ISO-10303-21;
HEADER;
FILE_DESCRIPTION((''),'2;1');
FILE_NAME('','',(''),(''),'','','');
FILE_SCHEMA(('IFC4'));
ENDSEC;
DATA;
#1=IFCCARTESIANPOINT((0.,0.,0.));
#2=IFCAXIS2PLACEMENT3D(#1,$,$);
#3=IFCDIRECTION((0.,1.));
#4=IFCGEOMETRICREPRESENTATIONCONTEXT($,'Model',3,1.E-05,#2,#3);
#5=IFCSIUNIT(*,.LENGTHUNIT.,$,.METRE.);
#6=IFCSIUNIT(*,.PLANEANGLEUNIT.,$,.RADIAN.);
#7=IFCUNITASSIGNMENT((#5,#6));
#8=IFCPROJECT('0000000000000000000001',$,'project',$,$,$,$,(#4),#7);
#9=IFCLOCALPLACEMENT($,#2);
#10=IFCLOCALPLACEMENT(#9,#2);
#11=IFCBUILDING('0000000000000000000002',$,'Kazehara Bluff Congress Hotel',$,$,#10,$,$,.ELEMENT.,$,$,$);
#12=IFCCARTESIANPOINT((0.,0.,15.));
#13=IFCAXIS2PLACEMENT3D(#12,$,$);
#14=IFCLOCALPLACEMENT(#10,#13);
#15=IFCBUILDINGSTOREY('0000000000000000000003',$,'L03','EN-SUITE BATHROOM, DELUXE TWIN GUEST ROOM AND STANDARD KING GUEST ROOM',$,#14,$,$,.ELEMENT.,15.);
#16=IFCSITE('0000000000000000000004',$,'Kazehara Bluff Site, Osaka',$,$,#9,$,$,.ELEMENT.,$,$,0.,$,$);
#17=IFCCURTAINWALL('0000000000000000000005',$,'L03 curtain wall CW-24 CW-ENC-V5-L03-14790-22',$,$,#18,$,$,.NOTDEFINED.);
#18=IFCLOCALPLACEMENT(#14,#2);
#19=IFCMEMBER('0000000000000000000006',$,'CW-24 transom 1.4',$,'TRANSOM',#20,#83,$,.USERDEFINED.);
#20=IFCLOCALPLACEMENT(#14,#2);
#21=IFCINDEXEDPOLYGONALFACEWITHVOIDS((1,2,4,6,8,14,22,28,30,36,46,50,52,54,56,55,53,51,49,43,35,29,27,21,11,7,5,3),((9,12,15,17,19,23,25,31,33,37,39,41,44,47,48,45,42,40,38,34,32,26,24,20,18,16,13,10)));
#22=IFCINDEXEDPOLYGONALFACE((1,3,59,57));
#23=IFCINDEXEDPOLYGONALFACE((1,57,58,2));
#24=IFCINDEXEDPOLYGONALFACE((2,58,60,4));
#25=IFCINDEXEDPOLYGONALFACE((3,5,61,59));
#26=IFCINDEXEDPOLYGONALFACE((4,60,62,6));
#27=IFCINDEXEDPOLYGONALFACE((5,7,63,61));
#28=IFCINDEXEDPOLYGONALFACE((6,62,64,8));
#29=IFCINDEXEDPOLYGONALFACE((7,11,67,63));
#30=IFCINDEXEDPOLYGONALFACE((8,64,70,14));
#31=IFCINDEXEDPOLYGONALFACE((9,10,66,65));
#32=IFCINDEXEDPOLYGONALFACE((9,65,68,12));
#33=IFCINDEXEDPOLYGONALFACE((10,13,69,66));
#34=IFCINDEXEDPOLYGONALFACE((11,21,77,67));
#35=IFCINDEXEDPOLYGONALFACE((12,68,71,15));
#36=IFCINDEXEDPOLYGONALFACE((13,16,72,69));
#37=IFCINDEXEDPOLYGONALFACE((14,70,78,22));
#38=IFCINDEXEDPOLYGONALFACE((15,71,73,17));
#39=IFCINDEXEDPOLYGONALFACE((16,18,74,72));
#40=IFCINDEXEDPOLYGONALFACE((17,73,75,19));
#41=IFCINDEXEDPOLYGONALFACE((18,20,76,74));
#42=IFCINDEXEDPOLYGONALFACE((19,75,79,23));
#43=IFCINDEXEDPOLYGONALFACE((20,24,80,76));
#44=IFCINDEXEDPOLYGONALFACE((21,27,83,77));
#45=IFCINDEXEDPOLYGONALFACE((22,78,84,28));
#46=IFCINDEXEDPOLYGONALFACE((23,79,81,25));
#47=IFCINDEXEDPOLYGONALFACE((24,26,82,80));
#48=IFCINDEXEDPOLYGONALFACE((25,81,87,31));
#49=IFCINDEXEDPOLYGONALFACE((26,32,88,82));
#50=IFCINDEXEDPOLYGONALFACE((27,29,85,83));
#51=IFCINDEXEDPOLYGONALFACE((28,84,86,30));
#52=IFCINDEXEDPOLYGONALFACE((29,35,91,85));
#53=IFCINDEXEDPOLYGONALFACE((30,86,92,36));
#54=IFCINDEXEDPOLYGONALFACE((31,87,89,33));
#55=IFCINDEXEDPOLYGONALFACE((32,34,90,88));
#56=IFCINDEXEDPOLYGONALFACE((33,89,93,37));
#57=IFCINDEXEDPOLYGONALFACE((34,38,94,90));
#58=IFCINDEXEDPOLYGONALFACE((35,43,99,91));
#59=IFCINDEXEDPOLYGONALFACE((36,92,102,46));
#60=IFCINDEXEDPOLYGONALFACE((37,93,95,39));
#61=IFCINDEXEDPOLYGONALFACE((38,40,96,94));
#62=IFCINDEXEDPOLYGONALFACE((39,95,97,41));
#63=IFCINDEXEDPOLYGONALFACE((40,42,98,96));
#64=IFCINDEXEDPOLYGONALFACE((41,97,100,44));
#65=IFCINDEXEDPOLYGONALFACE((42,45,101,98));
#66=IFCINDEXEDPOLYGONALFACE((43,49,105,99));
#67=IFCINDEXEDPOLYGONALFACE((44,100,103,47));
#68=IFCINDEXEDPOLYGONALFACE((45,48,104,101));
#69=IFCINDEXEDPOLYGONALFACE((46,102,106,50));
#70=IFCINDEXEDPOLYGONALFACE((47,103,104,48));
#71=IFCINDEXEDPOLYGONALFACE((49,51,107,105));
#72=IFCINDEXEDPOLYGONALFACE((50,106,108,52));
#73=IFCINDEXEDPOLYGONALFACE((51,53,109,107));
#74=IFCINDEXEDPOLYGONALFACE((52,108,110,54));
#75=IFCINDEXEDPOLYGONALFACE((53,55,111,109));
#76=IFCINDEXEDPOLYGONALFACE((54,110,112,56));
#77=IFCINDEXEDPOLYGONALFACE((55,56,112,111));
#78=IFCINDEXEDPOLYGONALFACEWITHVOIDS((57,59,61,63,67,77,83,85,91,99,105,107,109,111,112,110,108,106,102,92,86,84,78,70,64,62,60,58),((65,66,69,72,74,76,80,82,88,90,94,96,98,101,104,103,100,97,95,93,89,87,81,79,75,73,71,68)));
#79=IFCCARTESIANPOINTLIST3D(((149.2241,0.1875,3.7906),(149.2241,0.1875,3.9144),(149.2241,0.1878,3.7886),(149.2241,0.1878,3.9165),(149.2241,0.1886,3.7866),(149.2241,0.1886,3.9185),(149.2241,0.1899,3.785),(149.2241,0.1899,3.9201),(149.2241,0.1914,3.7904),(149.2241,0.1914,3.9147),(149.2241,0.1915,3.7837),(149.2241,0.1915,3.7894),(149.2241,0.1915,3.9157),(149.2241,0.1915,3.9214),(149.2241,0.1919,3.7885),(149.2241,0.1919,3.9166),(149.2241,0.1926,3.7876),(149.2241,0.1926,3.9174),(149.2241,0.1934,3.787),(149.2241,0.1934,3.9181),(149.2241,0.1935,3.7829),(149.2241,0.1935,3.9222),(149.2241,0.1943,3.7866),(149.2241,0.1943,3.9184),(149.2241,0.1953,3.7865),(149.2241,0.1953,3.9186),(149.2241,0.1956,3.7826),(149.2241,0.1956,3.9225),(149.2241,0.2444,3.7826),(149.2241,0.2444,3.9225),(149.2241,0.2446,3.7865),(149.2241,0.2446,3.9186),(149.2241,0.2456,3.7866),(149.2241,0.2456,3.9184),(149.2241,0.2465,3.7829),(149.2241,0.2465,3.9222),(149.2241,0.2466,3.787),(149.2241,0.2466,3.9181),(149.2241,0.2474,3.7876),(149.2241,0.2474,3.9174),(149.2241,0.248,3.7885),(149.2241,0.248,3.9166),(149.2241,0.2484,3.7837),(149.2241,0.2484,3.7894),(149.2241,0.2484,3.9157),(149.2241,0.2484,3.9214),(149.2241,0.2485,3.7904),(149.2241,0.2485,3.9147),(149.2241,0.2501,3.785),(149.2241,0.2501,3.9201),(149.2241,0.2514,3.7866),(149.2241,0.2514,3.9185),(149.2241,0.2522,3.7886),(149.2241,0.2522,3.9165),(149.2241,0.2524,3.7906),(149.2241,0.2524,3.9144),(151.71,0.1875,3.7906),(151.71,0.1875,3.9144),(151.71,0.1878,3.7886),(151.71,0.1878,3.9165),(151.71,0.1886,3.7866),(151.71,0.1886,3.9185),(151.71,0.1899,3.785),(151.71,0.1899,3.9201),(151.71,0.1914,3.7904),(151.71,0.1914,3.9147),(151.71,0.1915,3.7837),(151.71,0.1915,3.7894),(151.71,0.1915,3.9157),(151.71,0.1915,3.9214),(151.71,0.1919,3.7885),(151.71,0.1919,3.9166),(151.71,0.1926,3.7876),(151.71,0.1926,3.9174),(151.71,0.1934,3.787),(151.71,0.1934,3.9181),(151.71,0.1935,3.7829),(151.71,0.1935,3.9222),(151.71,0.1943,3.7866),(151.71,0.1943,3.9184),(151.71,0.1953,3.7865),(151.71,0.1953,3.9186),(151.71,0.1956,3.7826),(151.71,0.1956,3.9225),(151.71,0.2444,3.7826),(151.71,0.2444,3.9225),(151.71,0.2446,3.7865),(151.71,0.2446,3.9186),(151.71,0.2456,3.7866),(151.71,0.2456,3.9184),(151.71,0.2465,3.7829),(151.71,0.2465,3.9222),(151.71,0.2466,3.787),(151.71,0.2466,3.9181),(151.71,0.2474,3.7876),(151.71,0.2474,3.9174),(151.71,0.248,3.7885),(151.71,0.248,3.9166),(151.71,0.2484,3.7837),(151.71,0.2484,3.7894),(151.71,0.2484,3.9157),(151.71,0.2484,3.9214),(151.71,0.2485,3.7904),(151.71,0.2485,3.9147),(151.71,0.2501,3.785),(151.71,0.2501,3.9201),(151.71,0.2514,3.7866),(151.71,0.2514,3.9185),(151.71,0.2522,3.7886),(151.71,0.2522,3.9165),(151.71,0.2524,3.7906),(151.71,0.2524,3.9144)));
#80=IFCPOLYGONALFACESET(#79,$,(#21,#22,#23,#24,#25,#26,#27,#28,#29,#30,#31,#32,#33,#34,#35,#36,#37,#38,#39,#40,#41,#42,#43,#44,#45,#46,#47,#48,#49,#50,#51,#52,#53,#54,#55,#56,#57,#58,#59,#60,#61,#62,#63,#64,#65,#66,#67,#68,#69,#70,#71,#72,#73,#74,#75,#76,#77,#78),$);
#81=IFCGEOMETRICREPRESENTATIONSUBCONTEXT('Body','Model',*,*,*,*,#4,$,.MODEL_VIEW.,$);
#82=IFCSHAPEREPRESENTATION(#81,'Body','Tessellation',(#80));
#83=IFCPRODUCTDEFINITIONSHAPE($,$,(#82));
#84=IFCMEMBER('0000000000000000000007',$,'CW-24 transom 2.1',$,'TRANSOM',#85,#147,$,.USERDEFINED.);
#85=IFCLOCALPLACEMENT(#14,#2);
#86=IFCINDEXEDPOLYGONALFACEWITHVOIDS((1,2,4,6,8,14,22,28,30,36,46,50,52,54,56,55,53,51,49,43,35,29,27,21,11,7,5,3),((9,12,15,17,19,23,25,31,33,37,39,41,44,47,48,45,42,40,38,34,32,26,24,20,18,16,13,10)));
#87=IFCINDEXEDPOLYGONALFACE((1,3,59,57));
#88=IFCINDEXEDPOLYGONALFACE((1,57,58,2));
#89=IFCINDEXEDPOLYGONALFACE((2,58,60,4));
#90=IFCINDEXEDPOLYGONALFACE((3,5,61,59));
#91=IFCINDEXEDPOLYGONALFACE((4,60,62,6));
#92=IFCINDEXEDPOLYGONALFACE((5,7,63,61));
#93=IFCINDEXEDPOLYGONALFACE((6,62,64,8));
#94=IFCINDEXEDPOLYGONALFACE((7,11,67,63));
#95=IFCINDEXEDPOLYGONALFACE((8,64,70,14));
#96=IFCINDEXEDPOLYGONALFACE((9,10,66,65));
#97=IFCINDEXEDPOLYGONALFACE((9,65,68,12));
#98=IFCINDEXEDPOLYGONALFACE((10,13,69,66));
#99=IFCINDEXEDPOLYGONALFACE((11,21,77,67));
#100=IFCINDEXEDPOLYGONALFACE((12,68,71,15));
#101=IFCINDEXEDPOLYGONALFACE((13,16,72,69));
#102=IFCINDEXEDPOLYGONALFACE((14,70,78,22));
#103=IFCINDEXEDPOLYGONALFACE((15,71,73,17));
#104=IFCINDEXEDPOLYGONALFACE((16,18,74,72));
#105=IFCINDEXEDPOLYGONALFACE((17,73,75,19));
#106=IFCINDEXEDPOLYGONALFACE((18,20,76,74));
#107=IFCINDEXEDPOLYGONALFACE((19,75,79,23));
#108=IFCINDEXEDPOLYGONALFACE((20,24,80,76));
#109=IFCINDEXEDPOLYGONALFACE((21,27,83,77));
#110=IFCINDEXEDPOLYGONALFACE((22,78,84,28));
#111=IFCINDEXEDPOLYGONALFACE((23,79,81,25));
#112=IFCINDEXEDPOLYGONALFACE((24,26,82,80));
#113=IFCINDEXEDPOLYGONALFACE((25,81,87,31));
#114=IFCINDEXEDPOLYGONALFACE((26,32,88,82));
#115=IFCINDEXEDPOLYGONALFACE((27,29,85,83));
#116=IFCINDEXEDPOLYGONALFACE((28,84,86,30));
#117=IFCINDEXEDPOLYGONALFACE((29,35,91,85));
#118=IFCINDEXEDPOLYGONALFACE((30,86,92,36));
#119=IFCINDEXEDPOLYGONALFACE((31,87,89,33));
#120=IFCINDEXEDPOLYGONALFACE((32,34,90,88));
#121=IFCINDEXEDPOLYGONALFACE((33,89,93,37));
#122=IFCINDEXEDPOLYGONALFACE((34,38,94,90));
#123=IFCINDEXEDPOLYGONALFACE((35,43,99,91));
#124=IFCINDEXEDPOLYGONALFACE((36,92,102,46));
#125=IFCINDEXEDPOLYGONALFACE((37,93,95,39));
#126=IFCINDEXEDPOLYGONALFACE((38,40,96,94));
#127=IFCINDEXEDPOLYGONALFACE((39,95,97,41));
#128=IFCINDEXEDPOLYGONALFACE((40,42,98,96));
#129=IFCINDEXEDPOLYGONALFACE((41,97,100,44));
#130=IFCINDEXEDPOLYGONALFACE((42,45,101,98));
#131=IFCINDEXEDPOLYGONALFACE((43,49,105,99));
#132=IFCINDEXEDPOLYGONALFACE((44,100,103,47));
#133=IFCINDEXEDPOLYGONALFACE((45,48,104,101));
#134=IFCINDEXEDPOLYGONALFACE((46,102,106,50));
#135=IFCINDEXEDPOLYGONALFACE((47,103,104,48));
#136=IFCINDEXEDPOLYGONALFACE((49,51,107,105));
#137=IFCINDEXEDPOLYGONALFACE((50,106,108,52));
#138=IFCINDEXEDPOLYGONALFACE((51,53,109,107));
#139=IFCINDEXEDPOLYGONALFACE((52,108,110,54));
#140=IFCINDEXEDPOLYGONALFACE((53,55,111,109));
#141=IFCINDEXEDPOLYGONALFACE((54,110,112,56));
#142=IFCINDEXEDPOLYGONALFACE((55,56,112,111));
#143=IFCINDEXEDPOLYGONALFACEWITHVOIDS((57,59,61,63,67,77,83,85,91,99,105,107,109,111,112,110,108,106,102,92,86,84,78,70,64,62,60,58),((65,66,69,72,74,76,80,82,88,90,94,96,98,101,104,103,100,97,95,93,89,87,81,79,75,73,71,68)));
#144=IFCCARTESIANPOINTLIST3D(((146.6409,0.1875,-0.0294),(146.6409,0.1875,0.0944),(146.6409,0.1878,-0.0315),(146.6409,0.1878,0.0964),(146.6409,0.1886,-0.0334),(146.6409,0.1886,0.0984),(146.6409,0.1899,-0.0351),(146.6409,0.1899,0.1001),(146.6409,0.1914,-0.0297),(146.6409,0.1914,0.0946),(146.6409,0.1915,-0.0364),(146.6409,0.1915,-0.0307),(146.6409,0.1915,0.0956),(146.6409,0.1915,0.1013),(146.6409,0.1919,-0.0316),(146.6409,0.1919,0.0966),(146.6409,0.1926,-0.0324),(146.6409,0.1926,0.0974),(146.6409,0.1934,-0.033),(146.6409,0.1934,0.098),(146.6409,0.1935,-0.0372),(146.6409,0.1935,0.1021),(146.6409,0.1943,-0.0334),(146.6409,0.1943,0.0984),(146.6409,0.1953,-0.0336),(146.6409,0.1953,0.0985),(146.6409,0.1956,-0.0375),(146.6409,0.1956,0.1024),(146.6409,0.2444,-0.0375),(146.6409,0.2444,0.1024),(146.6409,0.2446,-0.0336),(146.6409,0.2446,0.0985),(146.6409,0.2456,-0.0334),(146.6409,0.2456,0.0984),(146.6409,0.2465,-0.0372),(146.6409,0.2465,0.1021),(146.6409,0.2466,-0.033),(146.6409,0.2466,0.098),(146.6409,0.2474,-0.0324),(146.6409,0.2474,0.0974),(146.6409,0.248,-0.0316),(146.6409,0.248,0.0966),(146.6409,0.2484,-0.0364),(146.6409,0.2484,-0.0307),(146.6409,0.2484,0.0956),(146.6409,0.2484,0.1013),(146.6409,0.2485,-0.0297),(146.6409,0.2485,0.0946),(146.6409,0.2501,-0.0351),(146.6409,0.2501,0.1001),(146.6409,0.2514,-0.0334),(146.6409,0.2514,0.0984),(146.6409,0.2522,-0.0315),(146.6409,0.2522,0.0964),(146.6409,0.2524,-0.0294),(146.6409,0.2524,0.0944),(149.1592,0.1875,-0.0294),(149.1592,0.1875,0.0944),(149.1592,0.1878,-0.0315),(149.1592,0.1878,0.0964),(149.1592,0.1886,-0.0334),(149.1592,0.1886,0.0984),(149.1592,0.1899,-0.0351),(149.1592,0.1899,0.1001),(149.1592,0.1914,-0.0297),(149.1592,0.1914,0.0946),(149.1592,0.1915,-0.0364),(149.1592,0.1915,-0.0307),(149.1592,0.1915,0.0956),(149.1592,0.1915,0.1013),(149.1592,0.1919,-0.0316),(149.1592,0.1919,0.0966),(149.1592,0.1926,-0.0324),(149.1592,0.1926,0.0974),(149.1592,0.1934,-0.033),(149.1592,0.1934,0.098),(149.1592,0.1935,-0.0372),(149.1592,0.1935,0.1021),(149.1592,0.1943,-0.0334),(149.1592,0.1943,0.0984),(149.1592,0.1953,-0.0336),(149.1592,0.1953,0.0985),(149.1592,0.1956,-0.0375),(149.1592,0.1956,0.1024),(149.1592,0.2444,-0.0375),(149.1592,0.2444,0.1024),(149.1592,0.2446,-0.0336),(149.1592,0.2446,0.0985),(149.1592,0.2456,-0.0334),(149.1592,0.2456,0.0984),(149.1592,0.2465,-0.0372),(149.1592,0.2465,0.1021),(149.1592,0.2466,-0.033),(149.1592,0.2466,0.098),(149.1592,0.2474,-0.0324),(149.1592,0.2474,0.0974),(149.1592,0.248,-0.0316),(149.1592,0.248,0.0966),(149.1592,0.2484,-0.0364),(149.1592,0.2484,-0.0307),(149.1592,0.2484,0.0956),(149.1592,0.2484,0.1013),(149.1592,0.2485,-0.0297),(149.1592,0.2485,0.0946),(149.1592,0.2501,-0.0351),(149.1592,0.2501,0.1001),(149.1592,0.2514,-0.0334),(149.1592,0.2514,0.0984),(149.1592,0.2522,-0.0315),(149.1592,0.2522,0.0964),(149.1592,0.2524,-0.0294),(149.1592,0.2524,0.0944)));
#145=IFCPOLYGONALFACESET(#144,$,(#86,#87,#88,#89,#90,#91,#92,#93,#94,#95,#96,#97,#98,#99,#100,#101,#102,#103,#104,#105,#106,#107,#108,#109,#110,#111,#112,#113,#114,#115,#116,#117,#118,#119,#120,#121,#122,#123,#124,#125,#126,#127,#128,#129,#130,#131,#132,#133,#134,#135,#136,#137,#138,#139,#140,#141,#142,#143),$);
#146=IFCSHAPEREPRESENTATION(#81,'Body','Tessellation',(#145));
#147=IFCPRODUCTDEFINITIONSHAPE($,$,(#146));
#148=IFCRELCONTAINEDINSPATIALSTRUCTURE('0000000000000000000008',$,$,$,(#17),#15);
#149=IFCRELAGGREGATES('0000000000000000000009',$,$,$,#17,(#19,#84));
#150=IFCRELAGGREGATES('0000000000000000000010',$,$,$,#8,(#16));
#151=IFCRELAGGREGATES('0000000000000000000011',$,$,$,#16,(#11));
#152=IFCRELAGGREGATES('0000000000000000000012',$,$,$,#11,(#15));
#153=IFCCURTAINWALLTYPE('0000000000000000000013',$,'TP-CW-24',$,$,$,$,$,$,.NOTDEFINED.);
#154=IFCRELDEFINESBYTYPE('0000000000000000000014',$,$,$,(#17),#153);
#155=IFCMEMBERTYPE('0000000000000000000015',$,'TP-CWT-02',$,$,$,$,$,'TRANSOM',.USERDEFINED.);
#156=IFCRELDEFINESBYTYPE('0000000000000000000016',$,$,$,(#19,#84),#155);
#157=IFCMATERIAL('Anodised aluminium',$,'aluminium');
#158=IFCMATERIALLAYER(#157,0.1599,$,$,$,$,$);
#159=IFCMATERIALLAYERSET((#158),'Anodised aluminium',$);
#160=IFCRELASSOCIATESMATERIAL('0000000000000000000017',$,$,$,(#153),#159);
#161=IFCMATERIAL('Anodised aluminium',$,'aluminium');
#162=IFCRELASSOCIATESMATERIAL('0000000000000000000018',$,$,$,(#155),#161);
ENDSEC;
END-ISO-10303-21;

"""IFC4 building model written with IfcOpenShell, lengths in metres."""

from ifc_helpers import new_model, si_unit, direction, frame, origin, origin_2d, place, context, subcontext, project, spatial, hollow_rectangle, extrude, material, layer, layer_set, material_profile, profile_set, type_object, element, aggregate, save


model = new_model("IFC4")

# Units and contexts
model_context = context("Model", 3, precision=1e-05, world=origin(), true_north=direction((0.0, 1.0)))
body_context = subcontext(model_context, "Body", "Model", "MODEL_VIEW")
ifc_project = project(units=[si_unit("LENGTHUNIT", "METRE"), si_unit("PLANEANGLEUNIT", "RADIAN")], contexts=[model_context])

# Site, building, storey
site_placement = place(None, origin())
site = spatial("IfcSite", under=ifc_project, at=site_placement, Name="Kazehara Bluff Site, Osaka", CompositionType="ELEMENT", RefElevation=0.0)
building_placement = place(site_placement, origin())
building = spatial("IfcBuilding", under=site, at=building_placement, Name="Kazehara Bluff Congress Hotel", CompositionType="ELEMENT")
storey_placement = place(building_placement, frame((0.0, 0.0, 15.0)))
storey = spatial("IfcBuildingStorey", under=building, at=storey_placement, Name="L03", Description="EN-SUITE BATHROOM, DELUXE TWIN GUEST ROOM AND STANDARD KING GUEST ROOM", CompositionType="ELEMENT", Elevation=15.0)

# Curtain wall
ifc_material_1 = material(Name="Anodised aluminium", Category="aluminium")
ifc_layer_1 = layer(ifc_material_1, 0.1599)
ifc_layer_set_1 = layer_set([ifc_layer_1], Name="Anodised aluminium")
curtain_wall_type = type_object("IfcCurtainWallType", Name="TP-CW-24", PredefinedType="NOTDEFINED", material=ifc_layer_set_1)
curtain_wall_1_placement = place(storey_placement, origin())
curtain_wall_1 = element("IfcCurtainWall", 1, at=curtain_wall_1_placement, inside=storey, type_object=curtain_wall_type, Name="L03 curtain wall CW-24 CW-ENC-V5-L03-14790-22", PredefinedType="NOTDEFINED")

# Members
ifc_material_2 = material(Name="Anodised aluminium", Category="aluminium")
ifc_material_profile_1 = material_profile(ifc_material_2, hollow_rectangle(XDim=0.0649, YDim=0.1399, WallThickness=0.0039, InnerFilletRadius=0.0039, OuterFilletRadius=0.0081, at=origin_2d()))
ifc_profile_set_1 = profile_set([ifc_material_profile_1], Name="Anodised aluminium")
member_type_1 = type_object("IfcMemberType", Name="TP-CWT-02", ElementType="TRANSOM", PredefinedType="USERDEFINED", material=ifc_profile_set_1)
member_1_placement = place(storey_placement, frame((151.71, 0.22, 3.8525), z_axis=(-1.0, 0.0, 0.0), x_axis=(0.0, -1.0, 0.0)))
member_1 = element("IfcMember", 2, at=member_1_placement, type_object=member_type_1, Name="CW-24 transom 1.4", ObjectType="TRANSOM", PredefinedType="USERDEFINED", context=body_context, shape_type="SweptSolid", body=[
    extrude(hollow_rectangle(XDim=0.0649, YDim=0.1399, WallThickness=0.0039, InnerFilletRadius=0.0039, OuterFilletRadius=0.0081, at=origin_2d()), origin(), (0.0, 0.0, 1.0), 2.4858),
])
member_2_placement = place(storey_placement, frame((149.1592, 0.22, 0.0325), z_axis=(-1.0, 0.0, 0.0), x_axis=(0.0, -1.0, 0.0)))
member_2 = element("IfcMember", 3, at=member_2_placement, type_object=member_type_1, Name="CW-24 transom 2.1", ObjectType="TRANSOM", PredefinedType="USERDEFINED", context=body_context, shape_type="SweptSolid", body=[
    extrude(hollow_rectangle(XDim=0.0649, YDim=0.1399, WallThickness=0.0039, InnerFilletRadius=0.0039, OuterFilletRadius=0.0081, at=origin_2d()), origin(), (0.0, 0.0, 1.0), 2.5183),
])

aggregate(curtain_wall_1, [member_1, member_2])

save(model, "model.ifc")
